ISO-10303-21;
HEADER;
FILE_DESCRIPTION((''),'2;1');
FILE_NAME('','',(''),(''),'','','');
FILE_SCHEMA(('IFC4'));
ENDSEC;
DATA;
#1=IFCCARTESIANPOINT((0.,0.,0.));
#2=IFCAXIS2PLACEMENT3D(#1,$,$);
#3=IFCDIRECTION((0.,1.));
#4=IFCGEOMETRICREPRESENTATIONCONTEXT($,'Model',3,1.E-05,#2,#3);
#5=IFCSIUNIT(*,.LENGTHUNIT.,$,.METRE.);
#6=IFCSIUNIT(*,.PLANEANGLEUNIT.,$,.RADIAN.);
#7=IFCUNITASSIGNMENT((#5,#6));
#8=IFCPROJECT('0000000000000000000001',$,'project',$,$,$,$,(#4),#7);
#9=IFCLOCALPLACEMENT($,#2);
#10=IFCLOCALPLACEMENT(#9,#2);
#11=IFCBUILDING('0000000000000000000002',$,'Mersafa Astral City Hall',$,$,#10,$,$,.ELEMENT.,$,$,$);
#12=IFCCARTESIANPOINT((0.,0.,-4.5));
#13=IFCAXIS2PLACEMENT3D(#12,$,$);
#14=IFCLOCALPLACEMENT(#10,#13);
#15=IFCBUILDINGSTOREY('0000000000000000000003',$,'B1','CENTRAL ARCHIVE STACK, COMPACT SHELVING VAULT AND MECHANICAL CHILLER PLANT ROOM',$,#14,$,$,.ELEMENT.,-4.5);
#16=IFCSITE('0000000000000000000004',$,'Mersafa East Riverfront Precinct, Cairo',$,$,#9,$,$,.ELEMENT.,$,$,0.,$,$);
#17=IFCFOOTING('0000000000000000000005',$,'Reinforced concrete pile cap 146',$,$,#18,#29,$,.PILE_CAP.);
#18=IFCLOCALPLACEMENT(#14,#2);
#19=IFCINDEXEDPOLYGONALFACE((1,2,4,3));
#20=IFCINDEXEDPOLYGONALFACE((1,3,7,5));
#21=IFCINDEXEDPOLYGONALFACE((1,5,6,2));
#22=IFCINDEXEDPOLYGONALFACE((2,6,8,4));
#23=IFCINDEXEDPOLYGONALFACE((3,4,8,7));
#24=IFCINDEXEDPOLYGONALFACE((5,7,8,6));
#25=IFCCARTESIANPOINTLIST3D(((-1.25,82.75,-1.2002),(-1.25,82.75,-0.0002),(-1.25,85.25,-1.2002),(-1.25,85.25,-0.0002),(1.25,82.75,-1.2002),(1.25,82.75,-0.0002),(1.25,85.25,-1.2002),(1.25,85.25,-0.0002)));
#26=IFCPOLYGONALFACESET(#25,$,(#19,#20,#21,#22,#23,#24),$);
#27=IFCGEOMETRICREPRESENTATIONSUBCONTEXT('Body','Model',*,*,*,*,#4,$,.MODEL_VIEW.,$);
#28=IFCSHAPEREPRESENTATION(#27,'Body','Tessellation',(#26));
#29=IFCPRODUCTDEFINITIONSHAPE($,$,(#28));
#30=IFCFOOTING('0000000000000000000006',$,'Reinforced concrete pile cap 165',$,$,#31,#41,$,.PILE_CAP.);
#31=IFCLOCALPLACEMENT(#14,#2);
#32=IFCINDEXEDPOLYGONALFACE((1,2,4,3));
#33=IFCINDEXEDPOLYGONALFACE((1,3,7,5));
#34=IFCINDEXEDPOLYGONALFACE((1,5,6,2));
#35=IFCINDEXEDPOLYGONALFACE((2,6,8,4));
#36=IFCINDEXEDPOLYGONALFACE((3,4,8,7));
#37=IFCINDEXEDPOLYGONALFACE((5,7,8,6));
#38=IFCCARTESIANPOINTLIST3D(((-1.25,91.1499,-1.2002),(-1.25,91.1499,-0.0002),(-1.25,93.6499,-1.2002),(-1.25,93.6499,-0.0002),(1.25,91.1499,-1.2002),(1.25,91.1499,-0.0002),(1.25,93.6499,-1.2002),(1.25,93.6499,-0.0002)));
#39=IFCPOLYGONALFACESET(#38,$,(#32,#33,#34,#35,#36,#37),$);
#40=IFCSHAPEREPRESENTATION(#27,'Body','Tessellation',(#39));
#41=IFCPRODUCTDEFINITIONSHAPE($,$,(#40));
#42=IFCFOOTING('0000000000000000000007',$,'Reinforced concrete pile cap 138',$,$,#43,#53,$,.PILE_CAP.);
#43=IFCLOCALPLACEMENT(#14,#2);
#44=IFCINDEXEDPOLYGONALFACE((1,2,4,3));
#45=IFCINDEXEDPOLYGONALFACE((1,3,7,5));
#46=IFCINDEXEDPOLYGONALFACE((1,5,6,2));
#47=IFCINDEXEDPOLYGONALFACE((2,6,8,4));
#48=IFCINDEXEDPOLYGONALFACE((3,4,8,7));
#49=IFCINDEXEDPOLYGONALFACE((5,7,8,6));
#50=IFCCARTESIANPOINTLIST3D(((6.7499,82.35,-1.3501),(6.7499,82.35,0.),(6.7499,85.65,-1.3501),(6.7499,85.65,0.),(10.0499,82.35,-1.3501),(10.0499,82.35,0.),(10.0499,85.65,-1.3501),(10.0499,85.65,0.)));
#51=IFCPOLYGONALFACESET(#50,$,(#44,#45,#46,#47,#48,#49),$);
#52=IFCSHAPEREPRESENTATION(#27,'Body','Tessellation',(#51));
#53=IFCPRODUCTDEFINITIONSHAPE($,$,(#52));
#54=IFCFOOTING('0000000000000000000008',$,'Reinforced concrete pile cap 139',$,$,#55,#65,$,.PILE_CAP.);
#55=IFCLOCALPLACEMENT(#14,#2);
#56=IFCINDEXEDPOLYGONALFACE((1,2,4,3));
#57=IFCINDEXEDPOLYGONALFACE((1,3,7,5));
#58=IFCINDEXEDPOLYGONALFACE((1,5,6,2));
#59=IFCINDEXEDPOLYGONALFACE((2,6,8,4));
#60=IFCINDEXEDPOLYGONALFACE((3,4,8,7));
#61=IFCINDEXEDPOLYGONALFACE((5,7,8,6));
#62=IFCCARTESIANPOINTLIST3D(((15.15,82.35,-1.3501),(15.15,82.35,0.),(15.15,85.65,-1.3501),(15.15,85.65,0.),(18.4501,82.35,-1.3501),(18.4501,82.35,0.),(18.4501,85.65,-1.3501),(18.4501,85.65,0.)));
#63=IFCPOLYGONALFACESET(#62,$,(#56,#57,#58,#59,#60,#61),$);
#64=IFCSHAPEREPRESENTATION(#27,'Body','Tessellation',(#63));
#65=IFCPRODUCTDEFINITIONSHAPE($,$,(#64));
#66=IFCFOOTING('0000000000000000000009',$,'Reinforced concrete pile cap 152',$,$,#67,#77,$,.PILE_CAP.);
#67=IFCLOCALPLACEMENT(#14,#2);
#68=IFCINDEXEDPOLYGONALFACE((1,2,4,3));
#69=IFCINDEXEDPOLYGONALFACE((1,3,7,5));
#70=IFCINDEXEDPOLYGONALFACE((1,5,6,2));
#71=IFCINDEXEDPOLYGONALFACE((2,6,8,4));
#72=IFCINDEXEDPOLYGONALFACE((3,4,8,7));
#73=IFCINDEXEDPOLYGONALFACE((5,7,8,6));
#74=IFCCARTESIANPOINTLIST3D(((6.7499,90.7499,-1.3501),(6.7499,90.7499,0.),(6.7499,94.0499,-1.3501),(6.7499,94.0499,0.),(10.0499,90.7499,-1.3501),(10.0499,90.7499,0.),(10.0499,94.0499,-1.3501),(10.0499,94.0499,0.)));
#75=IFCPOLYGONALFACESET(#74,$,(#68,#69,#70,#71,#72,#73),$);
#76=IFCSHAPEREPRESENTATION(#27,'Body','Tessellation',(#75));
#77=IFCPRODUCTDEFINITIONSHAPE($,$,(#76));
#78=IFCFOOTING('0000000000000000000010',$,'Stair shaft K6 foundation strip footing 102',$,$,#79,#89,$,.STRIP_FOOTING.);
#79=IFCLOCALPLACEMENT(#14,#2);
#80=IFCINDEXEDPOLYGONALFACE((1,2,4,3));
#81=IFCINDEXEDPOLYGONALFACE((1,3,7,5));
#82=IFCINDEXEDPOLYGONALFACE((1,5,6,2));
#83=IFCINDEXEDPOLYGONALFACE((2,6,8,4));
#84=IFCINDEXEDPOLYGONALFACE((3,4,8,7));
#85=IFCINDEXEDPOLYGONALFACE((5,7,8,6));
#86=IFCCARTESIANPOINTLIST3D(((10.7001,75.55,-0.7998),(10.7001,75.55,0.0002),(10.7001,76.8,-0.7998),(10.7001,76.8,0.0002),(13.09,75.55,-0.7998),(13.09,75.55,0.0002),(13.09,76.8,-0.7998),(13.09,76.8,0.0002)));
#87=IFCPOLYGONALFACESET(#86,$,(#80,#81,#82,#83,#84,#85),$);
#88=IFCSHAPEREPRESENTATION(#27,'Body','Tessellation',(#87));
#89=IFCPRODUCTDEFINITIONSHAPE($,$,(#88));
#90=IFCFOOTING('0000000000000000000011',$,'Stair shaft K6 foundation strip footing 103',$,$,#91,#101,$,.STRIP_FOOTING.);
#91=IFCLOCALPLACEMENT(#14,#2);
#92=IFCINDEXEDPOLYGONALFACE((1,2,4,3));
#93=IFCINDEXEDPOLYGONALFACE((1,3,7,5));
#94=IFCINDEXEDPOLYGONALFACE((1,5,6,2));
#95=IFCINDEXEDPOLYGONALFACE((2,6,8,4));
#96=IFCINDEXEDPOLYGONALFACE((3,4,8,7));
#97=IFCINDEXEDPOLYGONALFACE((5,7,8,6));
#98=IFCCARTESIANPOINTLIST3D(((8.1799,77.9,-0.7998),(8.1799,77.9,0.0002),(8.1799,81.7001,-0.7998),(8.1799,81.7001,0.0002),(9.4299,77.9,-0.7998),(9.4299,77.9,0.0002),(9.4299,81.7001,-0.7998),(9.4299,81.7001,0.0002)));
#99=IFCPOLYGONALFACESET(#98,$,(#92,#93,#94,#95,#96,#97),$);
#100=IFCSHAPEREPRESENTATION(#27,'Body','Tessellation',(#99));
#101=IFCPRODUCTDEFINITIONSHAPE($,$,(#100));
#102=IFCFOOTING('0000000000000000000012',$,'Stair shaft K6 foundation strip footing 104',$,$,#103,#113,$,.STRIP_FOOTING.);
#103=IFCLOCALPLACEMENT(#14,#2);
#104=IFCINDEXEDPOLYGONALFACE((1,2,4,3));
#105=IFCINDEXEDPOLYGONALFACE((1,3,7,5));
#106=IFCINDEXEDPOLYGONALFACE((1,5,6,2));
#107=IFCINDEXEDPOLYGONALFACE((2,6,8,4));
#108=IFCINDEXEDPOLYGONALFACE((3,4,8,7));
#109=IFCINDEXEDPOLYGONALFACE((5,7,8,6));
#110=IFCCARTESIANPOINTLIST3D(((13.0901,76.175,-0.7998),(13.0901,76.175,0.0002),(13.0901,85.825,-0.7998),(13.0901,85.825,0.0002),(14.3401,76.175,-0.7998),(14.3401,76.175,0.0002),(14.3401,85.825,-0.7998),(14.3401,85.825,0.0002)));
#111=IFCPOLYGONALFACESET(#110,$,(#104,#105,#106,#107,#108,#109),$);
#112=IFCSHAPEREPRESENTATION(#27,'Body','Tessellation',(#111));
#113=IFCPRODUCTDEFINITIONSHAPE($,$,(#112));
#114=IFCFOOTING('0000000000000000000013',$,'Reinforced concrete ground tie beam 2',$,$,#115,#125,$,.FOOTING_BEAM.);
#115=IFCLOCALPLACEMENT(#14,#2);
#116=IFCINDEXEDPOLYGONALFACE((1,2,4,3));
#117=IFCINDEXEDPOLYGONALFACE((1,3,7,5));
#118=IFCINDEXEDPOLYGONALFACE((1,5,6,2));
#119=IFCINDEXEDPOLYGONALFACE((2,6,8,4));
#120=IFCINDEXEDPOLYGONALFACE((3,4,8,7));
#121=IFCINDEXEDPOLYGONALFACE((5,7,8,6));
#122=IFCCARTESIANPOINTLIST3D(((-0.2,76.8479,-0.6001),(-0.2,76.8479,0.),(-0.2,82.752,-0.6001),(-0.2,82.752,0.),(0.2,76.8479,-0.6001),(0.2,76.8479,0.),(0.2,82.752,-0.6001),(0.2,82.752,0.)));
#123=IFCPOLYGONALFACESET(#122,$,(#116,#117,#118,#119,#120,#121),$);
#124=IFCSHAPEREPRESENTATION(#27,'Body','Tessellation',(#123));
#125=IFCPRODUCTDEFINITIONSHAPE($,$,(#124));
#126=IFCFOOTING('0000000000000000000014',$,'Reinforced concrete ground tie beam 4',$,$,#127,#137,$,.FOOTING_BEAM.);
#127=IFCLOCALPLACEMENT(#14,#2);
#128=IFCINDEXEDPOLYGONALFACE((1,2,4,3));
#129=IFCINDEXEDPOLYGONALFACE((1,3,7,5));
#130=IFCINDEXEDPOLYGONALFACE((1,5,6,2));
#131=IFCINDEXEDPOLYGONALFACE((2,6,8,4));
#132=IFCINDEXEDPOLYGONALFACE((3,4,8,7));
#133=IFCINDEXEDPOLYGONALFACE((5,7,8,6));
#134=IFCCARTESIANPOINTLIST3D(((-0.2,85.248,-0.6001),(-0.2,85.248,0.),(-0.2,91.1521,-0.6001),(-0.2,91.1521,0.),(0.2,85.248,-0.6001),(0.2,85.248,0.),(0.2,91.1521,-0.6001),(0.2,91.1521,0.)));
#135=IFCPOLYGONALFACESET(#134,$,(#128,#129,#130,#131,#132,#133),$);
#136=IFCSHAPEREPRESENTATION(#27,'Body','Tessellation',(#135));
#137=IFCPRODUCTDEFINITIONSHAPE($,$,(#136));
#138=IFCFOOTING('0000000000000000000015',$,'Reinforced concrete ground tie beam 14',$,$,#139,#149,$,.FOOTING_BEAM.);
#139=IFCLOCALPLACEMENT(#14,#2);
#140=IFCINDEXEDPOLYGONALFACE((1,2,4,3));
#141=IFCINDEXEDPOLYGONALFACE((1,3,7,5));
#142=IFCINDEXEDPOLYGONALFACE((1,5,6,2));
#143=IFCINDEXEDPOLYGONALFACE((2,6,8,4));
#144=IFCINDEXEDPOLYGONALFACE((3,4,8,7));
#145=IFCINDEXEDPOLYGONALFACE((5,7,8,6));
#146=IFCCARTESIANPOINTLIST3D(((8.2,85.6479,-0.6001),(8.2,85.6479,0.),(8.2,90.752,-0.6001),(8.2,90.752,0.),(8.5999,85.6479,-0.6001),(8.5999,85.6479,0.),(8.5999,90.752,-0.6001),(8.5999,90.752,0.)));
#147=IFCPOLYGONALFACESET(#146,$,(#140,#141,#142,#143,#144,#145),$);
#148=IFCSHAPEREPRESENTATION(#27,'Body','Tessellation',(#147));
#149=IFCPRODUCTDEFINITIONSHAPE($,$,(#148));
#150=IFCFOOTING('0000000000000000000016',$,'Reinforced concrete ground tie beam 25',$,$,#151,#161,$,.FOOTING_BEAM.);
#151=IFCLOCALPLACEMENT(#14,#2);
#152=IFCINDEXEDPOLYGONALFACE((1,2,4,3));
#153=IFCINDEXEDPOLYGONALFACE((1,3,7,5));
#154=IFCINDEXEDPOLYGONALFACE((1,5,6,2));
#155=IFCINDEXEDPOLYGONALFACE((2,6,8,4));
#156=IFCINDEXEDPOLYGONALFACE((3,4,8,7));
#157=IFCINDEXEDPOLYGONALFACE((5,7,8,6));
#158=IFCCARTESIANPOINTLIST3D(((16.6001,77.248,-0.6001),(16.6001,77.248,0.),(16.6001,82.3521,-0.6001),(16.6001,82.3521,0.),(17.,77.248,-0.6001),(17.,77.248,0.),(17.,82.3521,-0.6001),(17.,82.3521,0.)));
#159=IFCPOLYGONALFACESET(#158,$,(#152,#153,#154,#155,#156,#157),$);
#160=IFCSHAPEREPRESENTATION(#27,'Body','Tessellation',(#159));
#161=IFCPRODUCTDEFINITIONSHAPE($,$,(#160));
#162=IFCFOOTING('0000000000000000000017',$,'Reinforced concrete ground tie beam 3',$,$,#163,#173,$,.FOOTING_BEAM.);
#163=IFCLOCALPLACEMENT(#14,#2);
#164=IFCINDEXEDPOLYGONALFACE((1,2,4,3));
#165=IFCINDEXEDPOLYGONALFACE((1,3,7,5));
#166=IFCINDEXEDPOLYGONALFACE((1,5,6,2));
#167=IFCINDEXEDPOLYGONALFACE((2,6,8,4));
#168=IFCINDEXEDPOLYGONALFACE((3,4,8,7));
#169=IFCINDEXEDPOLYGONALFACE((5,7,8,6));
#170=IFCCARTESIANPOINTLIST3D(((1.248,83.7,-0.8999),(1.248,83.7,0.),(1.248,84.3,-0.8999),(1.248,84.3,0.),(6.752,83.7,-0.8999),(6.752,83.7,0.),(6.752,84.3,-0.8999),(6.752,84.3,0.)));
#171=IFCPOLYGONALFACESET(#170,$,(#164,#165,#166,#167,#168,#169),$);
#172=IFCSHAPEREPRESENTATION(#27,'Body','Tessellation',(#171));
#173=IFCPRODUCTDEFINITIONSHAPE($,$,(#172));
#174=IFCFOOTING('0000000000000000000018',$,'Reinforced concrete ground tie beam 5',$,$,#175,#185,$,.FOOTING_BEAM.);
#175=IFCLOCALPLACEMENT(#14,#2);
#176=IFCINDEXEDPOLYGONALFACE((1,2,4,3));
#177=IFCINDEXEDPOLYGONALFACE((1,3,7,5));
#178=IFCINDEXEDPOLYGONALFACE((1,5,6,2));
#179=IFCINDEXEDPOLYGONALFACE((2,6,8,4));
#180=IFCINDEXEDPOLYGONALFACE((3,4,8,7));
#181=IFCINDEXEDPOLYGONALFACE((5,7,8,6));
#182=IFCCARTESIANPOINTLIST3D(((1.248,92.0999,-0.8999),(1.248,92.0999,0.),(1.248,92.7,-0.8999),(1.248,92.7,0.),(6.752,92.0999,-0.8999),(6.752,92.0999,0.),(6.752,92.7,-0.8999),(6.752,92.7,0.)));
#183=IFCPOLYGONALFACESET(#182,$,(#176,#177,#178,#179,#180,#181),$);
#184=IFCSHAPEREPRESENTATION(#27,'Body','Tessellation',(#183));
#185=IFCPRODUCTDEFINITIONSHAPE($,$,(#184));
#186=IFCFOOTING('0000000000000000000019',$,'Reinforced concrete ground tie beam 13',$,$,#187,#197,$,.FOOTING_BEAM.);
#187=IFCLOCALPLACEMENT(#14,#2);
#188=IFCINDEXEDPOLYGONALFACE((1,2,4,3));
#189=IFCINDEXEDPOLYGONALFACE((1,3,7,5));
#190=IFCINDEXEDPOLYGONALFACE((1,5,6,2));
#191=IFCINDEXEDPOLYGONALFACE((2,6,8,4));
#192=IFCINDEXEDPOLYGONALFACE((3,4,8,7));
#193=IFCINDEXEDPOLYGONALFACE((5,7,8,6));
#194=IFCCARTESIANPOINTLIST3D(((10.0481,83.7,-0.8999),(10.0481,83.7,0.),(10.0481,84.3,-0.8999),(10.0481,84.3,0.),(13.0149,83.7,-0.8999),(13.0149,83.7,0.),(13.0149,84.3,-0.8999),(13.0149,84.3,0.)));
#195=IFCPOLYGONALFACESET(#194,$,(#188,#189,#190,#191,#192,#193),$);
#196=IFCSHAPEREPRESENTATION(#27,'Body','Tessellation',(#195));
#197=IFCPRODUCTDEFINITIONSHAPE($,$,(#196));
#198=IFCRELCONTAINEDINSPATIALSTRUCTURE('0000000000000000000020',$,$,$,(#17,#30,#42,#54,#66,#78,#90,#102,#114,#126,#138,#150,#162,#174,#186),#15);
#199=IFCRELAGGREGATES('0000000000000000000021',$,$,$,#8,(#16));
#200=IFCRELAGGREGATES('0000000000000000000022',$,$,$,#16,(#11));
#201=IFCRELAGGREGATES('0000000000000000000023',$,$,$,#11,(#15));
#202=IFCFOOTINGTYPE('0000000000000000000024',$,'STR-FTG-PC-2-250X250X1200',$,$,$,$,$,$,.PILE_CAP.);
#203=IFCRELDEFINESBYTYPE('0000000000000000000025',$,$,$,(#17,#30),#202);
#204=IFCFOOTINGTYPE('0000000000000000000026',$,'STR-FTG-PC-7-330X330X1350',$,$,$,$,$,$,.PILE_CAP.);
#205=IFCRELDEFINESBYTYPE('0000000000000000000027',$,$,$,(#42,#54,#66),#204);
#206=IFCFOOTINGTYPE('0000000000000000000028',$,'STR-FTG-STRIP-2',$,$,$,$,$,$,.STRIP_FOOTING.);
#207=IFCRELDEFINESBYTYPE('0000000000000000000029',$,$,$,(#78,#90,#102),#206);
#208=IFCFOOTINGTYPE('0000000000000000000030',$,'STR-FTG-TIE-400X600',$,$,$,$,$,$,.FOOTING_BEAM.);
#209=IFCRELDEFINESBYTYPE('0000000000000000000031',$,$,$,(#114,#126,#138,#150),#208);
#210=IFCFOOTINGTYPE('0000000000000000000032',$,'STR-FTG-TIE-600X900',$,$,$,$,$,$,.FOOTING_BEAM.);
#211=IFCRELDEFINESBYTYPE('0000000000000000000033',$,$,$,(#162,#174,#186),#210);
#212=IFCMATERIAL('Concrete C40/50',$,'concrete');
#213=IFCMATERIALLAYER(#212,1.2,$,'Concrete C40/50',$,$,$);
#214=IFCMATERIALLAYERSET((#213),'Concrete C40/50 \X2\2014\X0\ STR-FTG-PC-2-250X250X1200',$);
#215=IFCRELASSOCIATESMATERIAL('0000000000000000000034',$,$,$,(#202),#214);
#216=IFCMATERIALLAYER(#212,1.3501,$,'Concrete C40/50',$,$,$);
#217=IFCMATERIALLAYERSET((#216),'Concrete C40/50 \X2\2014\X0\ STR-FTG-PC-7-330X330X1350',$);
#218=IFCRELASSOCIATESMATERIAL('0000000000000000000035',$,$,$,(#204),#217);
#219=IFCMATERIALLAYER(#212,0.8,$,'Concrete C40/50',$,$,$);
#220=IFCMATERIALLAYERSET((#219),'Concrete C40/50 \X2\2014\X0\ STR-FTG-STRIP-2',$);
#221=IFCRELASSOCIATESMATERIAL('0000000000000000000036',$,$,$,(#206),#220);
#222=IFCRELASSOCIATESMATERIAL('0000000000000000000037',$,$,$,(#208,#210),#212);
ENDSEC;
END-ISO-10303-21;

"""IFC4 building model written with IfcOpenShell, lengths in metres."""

from ifc_helpers import new_model, si_unit, direction, frame, origin, origin_2d, place, context, subcontext, project, spatial, rectangle, extrude, material, layer, layer_set, material_profile, profile_set, type_object, element, save


model = new_model("IFC4")

# Units and contexts
model_context = context("Model", 3, precision=1e-05, world=origin(), true_north=direction((0.0, 1.0)))
body_context = subcontext(model_context, "Body", "Model", "MODEL_VIEW")
ifc_project = project(units=[si_unit("LENGTHUNIT", "METRE"), si_unit("PLANEANGLEUNIT", "RADIAN")], contexts=[model_context])

# Site, building, storey
site_placement = place(None, origin())
site = spatial("IfcSite", under=ifc_project, at=site_placement, Name="Mersafa East Riverfront Precinct, Cairo", CompositionType="ELEMENT", RefElevation=0.0)
building_placement = place(site_placement, origin())
building = spatial("IfcBuilding", under=site, at=building_placement, Name="Mersafa Astral City Hall", CompositionType="ELEMENT")
storey_placement = place(building_placement, frame((0.0, 0.0, -4.5)))
storey = spatial("IfcBuildingStorey", under=building, at=storey_placement, Name="B1", Description="CENTRAL ARCHIVE STACK, COMPACT SHELVING VAULT AND MECHANICAL CHILLER PLANT ROOM", CompositionType="ELEMENT", Elevation=-4.5)

# Footings
ifc_material = material(Name="Concrete C40/50", Category="concrete")
ifc_layer_1 = layer(ifc_material, 1.2, Name="Concrete C40/50")
ifc_layer_set_1 = layer_set([ifc_layer_1], Name="Concrete C40/50 — STR-FTG-PC-2-250X250X1200")
footing_type_1 = type_object("IfcFootingType", Name="STR-FTG-PC-2-250X250X1200", PredefinedType="PILE_CAP", material=ifc_layer_set_1)
for number, where, z_axis, x_axis, name in (
    (1, (0.0, 84.0, -1.2002), (0.0, 0.0, 1.0), (1.0, 0.0, 0.0), "Reinforced concrete pile cap 146"),
    (2, (0.0, 92.3999, -1.2002), (0.0, 0.0, 1.0), (1.0, 0.0, 0.0), "Reinforced concrete pile cap 165"),
):
    element("IfcFooting", number, at=place(storey_placement, frame(where, z_axis=z_axis, x_axis=x_axis)), inside=storey, type_object=footing_type_1, Name=name, PredefinedType="PILE_CAP", context=body_context, shape_type="SweptSolid", body=[
        extrude(rectangle(XDim=2.5, YDim=2.5, at=origin_2d()), origin(), (0.0, 0.0, 1.0), 1.2),
    ])
ifc_layer_2 = layer(ifc_material, 1.3501, Name="Concrete C40/50")
ifc_layer_set_2 = layer_set([ifc_layer_2], Name="Concrete C40/50 — STR-FTG-PC-7-330X330X1350")
footing_type_2 = type_object("IfcFootingType", Name="STR-FTG-PC-7-330X330X1350", PredefinedType="PILE_CAP", material=ifc_layer_set_2)
for number, where, z_axis, x_axis, name in (
    (3, (8.3999, 84.0, -1.3501), (0.0, 0.0, 1.0), (1.0, 0.0, 0.0), "Reinforced concrete pile cap 138"),
    (4, (16.8, 84.0, -1.3501), (0.0, 0.0, 1.0), (1.0, 0.0, 0.0), "Reinforced concrete pile cap 139"),
    (5, (8.3999, 92.3999, -1.3501), (0.0, 0.0, 1.0), (1.0, 0.0, 0.0), "Reinforced concrete pile cap 152"),
):
    element("IfcFooting", number, at=place(storey_placement, frame(where, z_axis=z_axis, x_axis=x_axis)), inside=storey, type_object=footing_type_2, Name=name, PredefinedType="PILE_CAP", context=body_context, shape_type="SweptSolid", body=[
        extrude(rectangle(XDim=3.3, YDim=3.3, at=origin_2d()), origin(), (0.0, 0.0, 1.0), 1.3501),
    ])
ifc_layer_3 = layer(ifc_material, 0.8, Name="Concrete C40/50")
ifc_layer_set_3 = layer_set([ifc_layer_3], Name="Concrete C40/50 — STR-FTG-STRIP-2")
footing_type_3 = type_object("IfcFootingType", Name="STR-FTG-STRIP-2", PredefinedType="STRIP_FOOTING", material=ifc_layer_set_3)
footing_1_placement = place(storey_placement, frame((11.895, 76.175, -0.7998), z_axis=(0.0, 0.0, 1.0), x_axis=(1.0, 0.0, 0.0)))
element("IfcFooting", 6, at=footing_1_placement, inside=storey, type_object=footing_type_3, Name="Stair shaft K6 foundation strip footing 102", PredefinedType="STRIP_FOOTING", context=body_context, shape_type="SweptSolid", body=[
    extrude(rectangle(XDim=2.3899, YDim=1.25, at=origin_2d()), origin(), (0.0, 0.0, 1.0), 0.8),
])
footing_2_placement = place(storey_placement, frame((8.8049, 79.8, -0.7998), z_axis=(0.0, 0.0, 1.0), x_axis=(0.0, 1.0, 0.0)))
element("IfcFooting", 7, at=footing_2_placement, inside=storey, type_object=footing_type_3, Name="Stair shaft K6 foundation strip footing 103", PredefinedType="STRIP_FOOTING", context=body_context, shape_type="SweptSolid", body=[
    extrude(rectangle(XDim=3.8, YDim=1.25, at=origin_2d()), origin(), (0.0, 0.0, 1.0), 0.8),
])
footing_3_placement = place(storey_placement, frame((13.7151, 81.0, -0.7998), z_axis=(0.0, 0.0, 1.0), x_axis=(0.0, 1.0, 0.0)))
element("IfcFooting", 8, at=footing_3_placement, inside=storey, type_object=footing_type_3, Name="Stair shaft K6 foundation strip footing 104", PredefinedType="STRIP_FOOTING", context=body_context, shape_type="SweptSolid", body=[
    extrude(rectangle(XDim=9.6499, YDim=1.25, at=origin_2d()), origin(), (0.0, 0.0, 1.0), 0.8),
])
ifc_material_profile_1 = material_profile(ifc_material, rectangle(XDim=0.3999, YDim=0.6001, at=origin_2d()), Name="RC 400x600")
ifc_profile_set_1 = profile_set([ifc_material_profile_1], Name="Concrete C40/50")
footing_type_4 = type_object("IfcFootingType", Name="STR-FTG-TIE-400X600", PredefinedType="FOOTING_BEAM", material=ifc_profile_set_1)
for number, where, z_axis, x_axis, name in (
    (9, (0.0, 76.8479, -0.3), (0.0, 1.0, 0.0), (-1.0, 0.0, 0.0), "Reinforced concrete ground tie beam 2"),
    (10, (0.0, 85.248, -0.3), (0.0, 1.0, 0.0), (-1.0, 0.0, 0.0), "Reinforced concrete ground tie beam 4"),
):
    element("IfcFooting", number, at=place(storey_placement, frame(where, z_axis=z_axis, x_axis=x_axis)), inside=storey, type_object=footing_type_4, Name=name, PredefinedType="FOOTING_BEAM", context=body_context, shape_type="SweptSolid", body=[
        extrude(rectangle(XDim=0.3999, YDim=0.6001, at=origin_2d()), origin(), (0.0, 0.0, 1.0), 5.9041),
    ])
for number, where, z_axis, x_axis, name in (
    (11, (8.3999, 85.6479, -0.3), (0.0, 1.0, 0.0), (-1.0, 0.0, 0.0), "Reinforced concrete ground tie beam 14"),
    (12, (16.8, 77.248, -0.3), (0.0, 1.0, 0.0), (-1.0, 0.0, 0.0), "Reinforced concrete ground tie beam 25"),
):
    element("IfcFooting", number, at=place(storey_placement, frame(where, z_axis=z_axis, x_axis=x_axis)), inside=storey, type_object=footing_type_4, Name=name, PredefinedType="FOOTING_BEAM", context=body_context, shape_type="SweptSolid", body=[
        extrude(rectangle(XDim=0.3999, YDim=0.6001, at=origin_2d()), origin(), (0.0, 0.0, 1.0), 5.104),
    ])
ifc_material_profile_2 = material_profile(ifc_material, rectangle(XDim=0.6001, YDim=0.8999, at=origin_2d()), Name="RC 600x900")
ifc_profile_set_2 = profile_set([ifc_material_profile_2], Name="Concrete C40/50")
footing_type_5 = type_object("IfcFootingType", Name="STR-FTG-TIE-600X900", PredefinedType="FOOTING_BEAM", material=ifc_profile_set_2)
for number, where, z_axis, x_axis, name in (
    (13, (1.248, 84.0, -0.45), (1.0, 0.0, 0.0), (0.0, 1.0, 0.0), "Reinforced concrete ground tie beam 3"),
    (14, (1.248, 92.3999, -0.45), (1.0, 0.0, 0.0), (0.0, 1.0, 0.0), "Reinforced concrete ground tie beam 5"),
):
    element("IfcFooting", number, at=place(storey_placement, frame(where, z_axis=z_axis, x_axis=x_axis)), inside=storey, type_object=footing_type_5, Name=name, PredefinedType="FOOTING_BEAM", context=body_context, shape_type="SweptSolid", body=[
        extrude(rectangle(XDim=0.6001, YDim=0.8999, at=origin_2d()), origin(), (0.0, 0.0, 1.0), 5.5039),
    ])
footing_4_placement = place(storey_placement, frame((10.0481, 84.0, -0.45), z_axis=(1.0, 0.0, 0.0), x_axis=(0.0, 1.0, 0.0)))
element("IfcFooting", 15, at=footing_4_placement, inside=storey, type_object=footing_type_5, Name="Reinforced concrete ground tie beam 13", PredefinedType="FOOTING_BEAM", context=body_context, shape_type="SweptSolid", body=[
    extrude(rectangle(XDim=0.6001, YDim=0.8999, at=origin_2d()), origin(), (0.0, 0.0, 1.0), 2.9668),
])

save(model, "model.ifc")
